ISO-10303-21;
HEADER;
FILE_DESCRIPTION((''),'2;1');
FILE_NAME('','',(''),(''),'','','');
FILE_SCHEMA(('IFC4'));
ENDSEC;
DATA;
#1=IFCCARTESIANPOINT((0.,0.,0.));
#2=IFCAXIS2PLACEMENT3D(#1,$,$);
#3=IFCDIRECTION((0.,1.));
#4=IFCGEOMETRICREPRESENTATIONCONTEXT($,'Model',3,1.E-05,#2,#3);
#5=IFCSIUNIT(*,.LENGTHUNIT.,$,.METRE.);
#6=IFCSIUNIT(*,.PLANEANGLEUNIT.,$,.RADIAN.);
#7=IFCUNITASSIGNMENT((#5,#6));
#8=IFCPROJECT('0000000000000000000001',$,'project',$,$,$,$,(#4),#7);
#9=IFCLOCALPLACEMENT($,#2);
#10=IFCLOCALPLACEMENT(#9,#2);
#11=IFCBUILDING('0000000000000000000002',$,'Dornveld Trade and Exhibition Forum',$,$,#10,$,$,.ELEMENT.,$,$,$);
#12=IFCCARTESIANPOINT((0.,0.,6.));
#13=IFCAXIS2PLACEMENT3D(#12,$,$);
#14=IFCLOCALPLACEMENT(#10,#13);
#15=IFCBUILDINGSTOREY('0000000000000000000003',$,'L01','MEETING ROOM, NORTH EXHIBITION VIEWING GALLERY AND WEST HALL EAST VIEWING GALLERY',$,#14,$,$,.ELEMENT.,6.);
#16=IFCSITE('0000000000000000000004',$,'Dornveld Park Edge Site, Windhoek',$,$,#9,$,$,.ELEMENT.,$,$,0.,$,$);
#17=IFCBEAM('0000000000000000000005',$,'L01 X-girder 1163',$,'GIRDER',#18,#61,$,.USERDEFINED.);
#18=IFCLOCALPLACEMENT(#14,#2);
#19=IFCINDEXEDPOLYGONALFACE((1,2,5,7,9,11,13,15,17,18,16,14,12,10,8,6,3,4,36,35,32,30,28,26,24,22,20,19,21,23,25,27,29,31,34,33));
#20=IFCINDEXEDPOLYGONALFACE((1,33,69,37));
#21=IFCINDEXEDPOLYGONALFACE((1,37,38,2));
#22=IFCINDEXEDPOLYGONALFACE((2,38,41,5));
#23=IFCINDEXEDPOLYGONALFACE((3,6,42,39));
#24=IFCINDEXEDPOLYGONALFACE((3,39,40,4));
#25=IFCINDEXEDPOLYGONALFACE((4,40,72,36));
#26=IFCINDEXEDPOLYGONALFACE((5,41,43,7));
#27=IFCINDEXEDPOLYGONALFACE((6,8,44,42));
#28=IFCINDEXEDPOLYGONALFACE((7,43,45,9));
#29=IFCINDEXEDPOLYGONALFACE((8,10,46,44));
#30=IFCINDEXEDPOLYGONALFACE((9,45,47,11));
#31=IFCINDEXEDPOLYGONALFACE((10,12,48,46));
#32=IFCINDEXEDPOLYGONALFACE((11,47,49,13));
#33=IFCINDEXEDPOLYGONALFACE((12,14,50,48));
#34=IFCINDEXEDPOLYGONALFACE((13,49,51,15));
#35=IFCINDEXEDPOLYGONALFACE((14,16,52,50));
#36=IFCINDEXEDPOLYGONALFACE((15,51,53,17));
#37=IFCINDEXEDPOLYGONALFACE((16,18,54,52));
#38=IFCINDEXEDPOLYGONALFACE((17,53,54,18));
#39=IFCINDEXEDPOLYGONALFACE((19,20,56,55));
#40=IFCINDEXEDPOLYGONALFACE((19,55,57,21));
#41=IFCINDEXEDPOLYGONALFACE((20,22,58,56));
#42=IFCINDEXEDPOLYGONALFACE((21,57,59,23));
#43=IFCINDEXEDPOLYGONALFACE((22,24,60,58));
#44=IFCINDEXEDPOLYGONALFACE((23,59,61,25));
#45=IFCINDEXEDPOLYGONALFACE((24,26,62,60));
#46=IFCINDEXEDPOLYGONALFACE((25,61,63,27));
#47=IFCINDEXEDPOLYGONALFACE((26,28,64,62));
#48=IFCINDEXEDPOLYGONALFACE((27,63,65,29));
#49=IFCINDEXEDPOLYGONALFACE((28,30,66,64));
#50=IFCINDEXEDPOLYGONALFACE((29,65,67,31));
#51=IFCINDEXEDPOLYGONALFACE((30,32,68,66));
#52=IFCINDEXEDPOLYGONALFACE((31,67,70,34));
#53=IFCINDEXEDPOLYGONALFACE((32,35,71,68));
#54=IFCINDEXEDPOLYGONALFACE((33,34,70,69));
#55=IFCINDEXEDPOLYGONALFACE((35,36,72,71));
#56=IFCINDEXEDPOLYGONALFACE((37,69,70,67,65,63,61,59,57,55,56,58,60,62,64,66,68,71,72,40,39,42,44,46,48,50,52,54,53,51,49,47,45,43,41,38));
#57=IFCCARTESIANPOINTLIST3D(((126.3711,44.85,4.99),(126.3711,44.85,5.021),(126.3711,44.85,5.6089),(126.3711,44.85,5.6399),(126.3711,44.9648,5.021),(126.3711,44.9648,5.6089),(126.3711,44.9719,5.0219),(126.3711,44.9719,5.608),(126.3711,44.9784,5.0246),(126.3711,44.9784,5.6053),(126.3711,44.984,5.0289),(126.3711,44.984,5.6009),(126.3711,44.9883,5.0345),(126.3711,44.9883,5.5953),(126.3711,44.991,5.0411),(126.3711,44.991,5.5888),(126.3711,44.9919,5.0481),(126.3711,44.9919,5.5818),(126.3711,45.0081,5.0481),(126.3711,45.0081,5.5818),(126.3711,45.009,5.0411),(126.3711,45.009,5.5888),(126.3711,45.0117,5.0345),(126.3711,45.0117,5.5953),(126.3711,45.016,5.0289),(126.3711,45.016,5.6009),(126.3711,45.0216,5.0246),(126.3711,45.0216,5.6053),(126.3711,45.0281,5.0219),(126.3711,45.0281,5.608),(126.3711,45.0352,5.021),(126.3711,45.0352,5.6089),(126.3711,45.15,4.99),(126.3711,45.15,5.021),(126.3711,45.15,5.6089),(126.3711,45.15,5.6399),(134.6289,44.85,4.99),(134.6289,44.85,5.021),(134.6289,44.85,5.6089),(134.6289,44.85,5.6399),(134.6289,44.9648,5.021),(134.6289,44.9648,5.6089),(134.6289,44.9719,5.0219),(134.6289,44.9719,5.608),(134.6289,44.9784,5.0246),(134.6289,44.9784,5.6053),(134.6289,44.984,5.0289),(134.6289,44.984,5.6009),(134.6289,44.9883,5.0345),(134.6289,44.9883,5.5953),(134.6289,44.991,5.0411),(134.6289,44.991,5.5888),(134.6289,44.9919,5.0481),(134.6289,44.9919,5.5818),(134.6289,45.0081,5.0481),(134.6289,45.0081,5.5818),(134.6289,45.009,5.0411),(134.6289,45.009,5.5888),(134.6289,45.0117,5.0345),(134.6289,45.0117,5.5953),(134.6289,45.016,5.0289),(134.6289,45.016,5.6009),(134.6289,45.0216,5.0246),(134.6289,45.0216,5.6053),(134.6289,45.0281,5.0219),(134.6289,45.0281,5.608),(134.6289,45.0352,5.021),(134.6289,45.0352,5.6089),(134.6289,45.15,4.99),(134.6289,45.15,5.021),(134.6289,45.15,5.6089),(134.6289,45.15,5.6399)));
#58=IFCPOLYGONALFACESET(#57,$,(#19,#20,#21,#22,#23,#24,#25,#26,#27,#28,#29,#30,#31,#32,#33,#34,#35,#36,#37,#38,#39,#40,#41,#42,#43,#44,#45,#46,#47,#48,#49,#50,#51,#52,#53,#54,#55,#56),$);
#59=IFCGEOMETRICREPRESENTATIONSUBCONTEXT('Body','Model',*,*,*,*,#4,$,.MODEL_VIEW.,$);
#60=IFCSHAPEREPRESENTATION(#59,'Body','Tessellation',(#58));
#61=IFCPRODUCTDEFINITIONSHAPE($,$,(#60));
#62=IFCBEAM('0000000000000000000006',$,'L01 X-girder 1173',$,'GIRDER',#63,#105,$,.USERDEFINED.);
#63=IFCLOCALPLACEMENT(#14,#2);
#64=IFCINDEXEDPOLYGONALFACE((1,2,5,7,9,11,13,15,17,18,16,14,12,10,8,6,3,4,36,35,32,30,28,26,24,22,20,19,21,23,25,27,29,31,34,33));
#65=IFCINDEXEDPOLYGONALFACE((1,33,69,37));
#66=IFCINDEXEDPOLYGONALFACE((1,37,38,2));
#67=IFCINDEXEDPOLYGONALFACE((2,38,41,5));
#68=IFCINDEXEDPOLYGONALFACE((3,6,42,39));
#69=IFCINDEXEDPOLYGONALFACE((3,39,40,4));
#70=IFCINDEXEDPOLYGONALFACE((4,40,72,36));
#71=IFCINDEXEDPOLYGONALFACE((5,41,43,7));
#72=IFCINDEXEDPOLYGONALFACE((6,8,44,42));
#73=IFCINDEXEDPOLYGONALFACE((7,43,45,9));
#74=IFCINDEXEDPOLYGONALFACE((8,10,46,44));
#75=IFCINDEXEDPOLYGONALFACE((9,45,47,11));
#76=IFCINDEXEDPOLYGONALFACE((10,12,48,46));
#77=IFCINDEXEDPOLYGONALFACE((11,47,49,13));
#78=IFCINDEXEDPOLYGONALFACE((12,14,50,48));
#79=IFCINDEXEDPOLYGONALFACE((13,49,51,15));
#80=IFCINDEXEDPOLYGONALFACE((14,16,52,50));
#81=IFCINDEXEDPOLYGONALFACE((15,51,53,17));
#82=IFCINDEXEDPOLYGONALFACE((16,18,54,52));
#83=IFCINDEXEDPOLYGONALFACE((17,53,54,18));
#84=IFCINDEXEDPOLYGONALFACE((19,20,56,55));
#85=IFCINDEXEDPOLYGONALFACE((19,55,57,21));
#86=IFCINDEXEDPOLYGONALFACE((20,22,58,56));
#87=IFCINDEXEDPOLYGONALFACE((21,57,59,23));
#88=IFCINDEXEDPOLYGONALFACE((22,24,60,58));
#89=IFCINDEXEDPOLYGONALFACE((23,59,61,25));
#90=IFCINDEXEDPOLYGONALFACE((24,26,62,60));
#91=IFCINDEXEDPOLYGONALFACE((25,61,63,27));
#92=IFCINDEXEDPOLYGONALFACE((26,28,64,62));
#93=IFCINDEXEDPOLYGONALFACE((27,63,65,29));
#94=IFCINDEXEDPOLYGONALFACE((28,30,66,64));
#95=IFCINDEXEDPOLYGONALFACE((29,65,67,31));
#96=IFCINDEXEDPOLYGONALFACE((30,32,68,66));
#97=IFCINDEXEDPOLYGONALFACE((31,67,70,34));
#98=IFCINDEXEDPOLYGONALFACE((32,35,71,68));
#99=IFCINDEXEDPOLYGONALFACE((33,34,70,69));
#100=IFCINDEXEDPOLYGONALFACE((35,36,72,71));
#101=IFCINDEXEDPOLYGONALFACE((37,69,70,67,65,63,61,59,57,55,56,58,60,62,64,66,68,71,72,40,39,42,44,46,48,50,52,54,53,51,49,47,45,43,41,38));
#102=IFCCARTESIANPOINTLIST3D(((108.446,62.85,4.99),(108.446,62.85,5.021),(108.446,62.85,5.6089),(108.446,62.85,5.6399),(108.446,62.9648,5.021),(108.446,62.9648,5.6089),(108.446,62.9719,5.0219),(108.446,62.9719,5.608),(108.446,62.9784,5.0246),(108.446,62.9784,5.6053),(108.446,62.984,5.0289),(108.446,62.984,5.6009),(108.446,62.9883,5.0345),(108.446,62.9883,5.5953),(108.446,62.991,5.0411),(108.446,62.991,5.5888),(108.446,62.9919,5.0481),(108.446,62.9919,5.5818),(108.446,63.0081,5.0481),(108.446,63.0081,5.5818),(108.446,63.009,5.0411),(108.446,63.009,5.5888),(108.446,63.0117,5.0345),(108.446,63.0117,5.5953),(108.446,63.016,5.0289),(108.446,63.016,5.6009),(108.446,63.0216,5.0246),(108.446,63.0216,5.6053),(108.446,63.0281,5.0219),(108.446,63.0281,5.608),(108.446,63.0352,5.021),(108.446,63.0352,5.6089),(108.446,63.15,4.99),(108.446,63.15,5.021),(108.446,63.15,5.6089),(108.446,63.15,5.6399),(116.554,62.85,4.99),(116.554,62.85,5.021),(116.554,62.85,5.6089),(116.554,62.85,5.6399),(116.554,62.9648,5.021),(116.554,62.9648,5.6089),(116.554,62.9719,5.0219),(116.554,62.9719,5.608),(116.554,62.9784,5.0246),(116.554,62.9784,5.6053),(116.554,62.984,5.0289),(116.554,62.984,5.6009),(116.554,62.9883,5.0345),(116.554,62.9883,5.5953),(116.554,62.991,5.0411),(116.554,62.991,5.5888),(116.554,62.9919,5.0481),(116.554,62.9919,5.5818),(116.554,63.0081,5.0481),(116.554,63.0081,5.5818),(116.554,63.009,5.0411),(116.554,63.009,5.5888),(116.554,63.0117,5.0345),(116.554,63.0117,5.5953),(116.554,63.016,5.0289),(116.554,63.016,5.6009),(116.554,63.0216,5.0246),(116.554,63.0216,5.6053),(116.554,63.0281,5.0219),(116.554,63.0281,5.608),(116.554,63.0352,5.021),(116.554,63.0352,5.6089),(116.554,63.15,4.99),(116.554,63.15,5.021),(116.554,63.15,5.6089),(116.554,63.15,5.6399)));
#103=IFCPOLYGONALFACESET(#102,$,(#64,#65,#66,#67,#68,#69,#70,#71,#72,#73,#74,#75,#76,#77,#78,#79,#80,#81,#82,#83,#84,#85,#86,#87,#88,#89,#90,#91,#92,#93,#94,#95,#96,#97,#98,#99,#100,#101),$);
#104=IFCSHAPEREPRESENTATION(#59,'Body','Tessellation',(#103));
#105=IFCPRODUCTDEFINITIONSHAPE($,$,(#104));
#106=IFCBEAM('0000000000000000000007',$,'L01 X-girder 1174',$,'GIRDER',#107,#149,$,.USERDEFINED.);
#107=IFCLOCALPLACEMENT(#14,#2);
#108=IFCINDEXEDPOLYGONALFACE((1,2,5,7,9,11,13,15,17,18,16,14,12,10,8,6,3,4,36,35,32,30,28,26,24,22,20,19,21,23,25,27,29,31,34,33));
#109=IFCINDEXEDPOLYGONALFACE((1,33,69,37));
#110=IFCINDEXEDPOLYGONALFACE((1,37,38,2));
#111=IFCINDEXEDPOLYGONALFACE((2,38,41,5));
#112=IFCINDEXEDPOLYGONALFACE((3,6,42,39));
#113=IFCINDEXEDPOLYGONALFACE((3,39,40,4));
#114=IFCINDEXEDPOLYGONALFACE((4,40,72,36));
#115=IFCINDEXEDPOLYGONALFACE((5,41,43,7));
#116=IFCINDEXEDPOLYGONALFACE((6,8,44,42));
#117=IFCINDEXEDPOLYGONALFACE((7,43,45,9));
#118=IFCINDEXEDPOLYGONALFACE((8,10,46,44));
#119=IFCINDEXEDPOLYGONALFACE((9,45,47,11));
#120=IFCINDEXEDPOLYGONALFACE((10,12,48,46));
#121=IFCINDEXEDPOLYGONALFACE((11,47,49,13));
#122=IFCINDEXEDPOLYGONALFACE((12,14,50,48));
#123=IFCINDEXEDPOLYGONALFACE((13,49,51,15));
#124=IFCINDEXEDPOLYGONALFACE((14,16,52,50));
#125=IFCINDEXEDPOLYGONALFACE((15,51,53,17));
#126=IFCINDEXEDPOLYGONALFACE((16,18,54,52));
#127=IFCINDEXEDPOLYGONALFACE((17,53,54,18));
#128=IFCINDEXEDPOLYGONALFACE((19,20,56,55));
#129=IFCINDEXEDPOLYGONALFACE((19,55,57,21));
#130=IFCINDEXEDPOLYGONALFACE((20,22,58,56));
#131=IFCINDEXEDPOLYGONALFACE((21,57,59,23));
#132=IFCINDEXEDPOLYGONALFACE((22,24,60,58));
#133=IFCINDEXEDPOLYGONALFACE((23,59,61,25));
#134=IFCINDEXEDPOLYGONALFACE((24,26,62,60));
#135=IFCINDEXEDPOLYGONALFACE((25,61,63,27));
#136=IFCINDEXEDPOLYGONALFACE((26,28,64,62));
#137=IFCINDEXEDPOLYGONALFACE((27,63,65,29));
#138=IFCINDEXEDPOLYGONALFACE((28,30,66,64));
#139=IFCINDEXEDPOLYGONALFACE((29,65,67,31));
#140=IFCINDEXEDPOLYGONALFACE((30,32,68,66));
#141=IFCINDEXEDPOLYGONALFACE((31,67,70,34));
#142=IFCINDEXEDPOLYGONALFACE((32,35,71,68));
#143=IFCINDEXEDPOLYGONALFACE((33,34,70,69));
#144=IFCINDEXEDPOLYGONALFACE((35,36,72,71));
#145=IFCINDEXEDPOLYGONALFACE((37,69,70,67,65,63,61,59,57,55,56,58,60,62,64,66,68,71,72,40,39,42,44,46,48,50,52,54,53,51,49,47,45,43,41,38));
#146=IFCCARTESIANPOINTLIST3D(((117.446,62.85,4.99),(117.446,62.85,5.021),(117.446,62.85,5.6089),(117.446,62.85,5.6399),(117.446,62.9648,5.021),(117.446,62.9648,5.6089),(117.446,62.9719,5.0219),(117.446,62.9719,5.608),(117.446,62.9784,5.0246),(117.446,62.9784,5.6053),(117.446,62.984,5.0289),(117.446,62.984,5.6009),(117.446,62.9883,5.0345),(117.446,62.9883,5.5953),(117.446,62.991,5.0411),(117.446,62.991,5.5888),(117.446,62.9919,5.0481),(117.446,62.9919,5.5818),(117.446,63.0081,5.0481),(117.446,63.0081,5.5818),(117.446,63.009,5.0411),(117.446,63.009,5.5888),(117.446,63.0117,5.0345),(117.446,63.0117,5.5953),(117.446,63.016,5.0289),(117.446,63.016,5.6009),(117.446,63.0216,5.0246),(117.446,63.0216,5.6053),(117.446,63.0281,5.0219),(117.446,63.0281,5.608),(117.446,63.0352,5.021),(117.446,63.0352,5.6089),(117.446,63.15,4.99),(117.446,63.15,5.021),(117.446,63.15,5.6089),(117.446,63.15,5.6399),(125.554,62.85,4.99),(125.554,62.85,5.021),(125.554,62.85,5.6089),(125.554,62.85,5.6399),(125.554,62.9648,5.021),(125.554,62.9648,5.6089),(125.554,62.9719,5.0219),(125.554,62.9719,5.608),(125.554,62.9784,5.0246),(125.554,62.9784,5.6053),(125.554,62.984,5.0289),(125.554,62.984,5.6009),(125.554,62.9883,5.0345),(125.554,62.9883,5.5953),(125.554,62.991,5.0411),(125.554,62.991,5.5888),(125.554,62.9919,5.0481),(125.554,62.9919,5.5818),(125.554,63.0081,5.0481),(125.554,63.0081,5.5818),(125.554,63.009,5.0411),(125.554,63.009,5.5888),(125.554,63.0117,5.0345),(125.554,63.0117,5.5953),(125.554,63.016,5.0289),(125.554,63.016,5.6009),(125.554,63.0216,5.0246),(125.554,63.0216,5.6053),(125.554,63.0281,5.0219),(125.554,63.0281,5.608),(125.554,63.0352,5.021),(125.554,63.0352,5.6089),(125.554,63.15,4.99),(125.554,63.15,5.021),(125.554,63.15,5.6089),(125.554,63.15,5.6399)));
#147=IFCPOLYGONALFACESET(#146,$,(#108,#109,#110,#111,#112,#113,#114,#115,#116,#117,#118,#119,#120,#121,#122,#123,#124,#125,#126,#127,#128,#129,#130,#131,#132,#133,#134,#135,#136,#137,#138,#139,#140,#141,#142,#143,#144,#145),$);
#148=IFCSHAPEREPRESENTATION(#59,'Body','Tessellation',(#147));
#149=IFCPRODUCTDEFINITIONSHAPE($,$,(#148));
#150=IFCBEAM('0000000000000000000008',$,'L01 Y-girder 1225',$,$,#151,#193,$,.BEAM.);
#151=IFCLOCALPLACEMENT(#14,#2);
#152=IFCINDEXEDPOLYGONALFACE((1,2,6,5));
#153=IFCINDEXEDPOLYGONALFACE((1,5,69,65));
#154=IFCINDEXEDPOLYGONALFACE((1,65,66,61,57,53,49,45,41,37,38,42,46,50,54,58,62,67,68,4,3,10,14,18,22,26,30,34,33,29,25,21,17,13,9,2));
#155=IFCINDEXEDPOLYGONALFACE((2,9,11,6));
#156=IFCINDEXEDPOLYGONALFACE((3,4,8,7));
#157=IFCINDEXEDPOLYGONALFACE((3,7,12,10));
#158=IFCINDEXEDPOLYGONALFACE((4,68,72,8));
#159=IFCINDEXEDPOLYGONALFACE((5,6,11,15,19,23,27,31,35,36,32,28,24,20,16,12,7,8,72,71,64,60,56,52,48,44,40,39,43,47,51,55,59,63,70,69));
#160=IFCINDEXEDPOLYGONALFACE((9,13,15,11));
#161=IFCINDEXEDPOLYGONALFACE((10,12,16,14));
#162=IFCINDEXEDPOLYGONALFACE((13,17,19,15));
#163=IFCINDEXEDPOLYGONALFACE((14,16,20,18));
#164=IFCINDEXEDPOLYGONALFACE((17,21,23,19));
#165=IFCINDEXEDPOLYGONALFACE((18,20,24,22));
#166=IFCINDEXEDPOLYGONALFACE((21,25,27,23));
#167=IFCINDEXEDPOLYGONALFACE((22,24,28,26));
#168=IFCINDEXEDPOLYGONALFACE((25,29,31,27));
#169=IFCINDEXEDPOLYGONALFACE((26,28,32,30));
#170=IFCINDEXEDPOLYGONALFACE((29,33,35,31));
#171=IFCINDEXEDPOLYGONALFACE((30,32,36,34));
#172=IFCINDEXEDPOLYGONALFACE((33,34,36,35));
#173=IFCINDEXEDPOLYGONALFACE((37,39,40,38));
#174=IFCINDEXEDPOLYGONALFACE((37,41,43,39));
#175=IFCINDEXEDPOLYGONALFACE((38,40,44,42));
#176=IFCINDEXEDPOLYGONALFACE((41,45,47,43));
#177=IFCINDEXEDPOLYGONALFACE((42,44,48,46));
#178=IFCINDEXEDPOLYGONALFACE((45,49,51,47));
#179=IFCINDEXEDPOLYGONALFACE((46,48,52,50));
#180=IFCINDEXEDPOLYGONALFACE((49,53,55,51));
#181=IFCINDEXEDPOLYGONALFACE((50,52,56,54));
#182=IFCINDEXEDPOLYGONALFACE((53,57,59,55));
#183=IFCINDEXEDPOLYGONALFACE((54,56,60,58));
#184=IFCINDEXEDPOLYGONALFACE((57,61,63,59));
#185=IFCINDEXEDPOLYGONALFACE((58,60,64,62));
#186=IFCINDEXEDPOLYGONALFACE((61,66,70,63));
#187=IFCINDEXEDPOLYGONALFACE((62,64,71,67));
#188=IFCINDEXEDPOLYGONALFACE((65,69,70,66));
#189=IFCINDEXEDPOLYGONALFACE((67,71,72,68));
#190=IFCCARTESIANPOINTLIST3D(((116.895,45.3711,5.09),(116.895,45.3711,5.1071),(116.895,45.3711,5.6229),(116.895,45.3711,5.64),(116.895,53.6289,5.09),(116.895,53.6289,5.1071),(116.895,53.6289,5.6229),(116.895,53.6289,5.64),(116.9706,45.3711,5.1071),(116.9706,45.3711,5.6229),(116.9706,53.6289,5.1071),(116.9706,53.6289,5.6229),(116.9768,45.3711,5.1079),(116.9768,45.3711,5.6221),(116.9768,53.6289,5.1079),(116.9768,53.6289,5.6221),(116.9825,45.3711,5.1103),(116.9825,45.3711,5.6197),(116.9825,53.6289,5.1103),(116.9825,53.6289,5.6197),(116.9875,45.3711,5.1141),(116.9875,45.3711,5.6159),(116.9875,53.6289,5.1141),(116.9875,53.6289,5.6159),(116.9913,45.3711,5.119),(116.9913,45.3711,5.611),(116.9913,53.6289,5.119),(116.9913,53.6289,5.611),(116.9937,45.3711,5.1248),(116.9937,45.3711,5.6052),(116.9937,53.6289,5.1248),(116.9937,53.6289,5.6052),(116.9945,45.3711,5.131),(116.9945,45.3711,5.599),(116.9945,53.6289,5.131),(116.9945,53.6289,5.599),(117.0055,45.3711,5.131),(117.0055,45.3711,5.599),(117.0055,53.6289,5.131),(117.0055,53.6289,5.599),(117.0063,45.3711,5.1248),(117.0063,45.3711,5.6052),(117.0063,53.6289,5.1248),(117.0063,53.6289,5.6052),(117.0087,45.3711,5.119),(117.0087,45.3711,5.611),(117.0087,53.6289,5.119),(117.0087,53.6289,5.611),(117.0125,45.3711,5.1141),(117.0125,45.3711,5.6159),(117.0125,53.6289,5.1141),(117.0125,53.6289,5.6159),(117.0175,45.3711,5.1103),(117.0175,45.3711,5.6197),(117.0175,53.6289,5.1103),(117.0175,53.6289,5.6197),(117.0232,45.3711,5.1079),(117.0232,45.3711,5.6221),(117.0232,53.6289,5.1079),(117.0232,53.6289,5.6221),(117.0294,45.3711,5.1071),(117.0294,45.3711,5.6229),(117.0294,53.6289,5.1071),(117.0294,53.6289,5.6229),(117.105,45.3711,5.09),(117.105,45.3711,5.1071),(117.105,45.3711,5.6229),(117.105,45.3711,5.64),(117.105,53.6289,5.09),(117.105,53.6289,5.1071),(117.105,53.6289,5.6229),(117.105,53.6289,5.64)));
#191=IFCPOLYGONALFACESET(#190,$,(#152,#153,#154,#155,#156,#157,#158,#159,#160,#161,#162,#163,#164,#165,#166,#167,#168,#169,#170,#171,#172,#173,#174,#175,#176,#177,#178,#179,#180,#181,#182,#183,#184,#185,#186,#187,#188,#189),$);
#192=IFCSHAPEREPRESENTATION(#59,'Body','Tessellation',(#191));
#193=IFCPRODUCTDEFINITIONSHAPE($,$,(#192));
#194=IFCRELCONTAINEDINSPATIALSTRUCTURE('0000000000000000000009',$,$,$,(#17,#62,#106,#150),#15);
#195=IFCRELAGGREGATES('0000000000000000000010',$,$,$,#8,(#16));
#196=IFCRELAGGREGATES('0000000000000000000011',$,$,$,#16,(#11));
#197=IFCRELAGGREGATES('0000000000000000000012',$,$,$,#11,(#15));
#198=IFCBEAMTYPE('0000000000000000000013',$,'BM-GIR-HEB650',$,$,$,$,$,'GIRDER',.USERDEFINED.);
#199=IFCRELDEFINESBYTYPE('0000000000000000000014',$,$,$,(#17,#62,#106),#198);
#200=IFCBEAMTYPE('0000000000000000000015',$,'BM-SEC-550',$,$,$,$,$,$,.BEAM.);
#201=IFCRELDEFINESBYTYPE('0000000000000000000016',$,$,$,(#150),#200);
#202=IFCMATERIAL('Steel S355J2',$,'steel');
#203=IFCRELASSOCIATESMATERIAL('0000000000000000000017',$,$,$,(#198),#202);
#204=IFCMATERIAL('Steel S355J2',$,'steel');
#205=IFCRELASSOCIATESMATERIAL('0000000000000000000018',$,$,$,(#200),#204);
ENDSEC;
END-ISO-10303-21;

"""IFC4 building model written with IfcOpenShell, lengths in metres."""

from ifc_helpers import new_model, si_unit, direction, frame, origin, origin_2d, place, context, subcontext, project, spatial, i_section, extrude, material, material_profile, profile_set, type_object, element, save


model = new_model("IFC4")

# Units and contexts
model_context = context("Model", 3, precision=1e-05, world=origin(), true_north=direction((0.0, 1.0)))
body_context = subcontext(model_context, "Body", "Model", "MODEL_VIEW")
ifc_project = project(units=[si_unit("LENGTHUNIT", "METRE"), si_unit("PLANEANGLEUNIT", "RADIAN")], contexts=[model_context])

# Site, building, storey
site_placement = place(None, origin())
site = spatial("IfcSite", under=ifc_project, at=site_placement, Name="Dornveld Park Edge Site, Windhoek", CompositionType="ELEMENT", RefElevation=0.0)
building_placement = place(site_placement, origin())
building = spatial("IfcBuilding", under=site, at=building_placement, Name="Dornveld Trade and Exhibition Forum", CompositionType="ELEMENT")
storey_placement = place(building_placement, frame((0.0, 0.0, 6.0)))
storey = spatial("IfcBuildingStorey", under=building, at=storey_placement, Name="L01", Description="MEETING ROOM, NORTH EXHIBITION VIEWING GALLERY AND WEST HALL EAST VIEWING GALLERY", CompositionType="ELEMENT", Elevation=6.0)

# Beams
ifc_material_1 = material(Name="Steel S355J2", Category="steel")
ifc_material_profile_1 = material_profile(ifc_material_1, i_section(OverallWidth=0.3, OverallDepth=0.6499, WebThickness=0.0161, FlangeThickness=0.031, FilletRadius=0.0271, at=origin_2d()), Name="HEB 650")
ifc_profile_set_1 = profile_set([ifc_material_profile_1], Name="Steel S355J2")
beam_type_1 = type_object("IfcBeamType", Name="BM-GIR-HEB650", ElementType="GIRDER", PredefinedType="USERDEFINED", material=ifc_profile_set_1)
for number, where, z_axis, x_axis, name in (
    (1, (126.3711, 45.0, 5.3149), (1.0, 0.0, 0.0), (0.0, 1.0, 0.0), "L01 X-girder 1163"),
):
    element("IfcBeam", number, at=place(storey_placement, frame(where, z_axis=z_axis, x_axis=x_axis)), inside=storey, type_object=beam_type_1, Name=name, ObjectType="GIRDER", PredefinedType="USERDEFINED", context=body_context, shape_type="SweptSolid", body=[
        extrude(i_section(OverallWidth=0.3, OverallDepth=0.6499, WebThickness=0.0161, FlangeThickness=0.031, FilletRadius=0.0271, at=origin_2d()), origin(), (0.0, 0.0, 1.0), 8.2578),
    ])
for number, where, z_axis, x_axis, name in (
    (2, (108.446, 63.0, 5.3149), (1.0, 0.0, 0.0), (0.0, 1.0, 0.0), "L01 X-girder 1173"),
    (3, (117.446, 63.0, 5.3149), (1.0, 0.0, 0.0), (0.0, 1.0, 0.0), "L01 X-girder 1174"),
):
    element("IfcBeam", number, at=place(storey_placement, frame(where, z_axis=z_axis, x_axis=x_axis)), inside=storey, type_object=beam_type_1, Name=name, ObjectType="GIRDER", PredefinedType="USERDEFINED", context=body_context, shape_type="SweptSolid", body=[
        extrude(i_section(OverallWidth=0.3, OverallDepth=0.6499, WebThickness=0.0161, FlangeThickness=0.031, FilletRadius=0.0271, at=origin_2d()), origin(), (0.0, 0.0, 1.0), 8.1079),
    ])
ifc_material_2 = material(Name="Steel S355J2", Category="steel")
ifc_material_profile_2 = material_profile(ifc_material_2, i_section(OverallWidth=0.21, OverallDepth=0.55, WebThickness=0.011, FlangeThickness=0.0171, FilletRadius=0.0239, at=origin_2d()), Name="IPE 550")
ifc_profile_set_2 = profile_set([ifc_material_profile_2], Name="Steel S355J2")
beam_type_2 = type_object("IfcBeamType", Name="BM-SEC-550", PredefinedType="BEAM", material=ifc_profile_set_2)
beam_1_placement = place(storey_placement, frame((117.0, 45.3711, 5.365), z_axis=(0.0, 1.0, 0.0), x_axis=(-1.0, 0.0, 0.0)))
element("IfcBeam", 4, at=beam_1_placement, inside=storey, type_object=beam_type_2, Name="L01 Y-girder 1225", PredefinedType="BEAM", context=body_context, shape_type="SweptSolid", body=[
    extrude(i_section(OverallWidth=0.21, OverallDepth=0.55, WebThickness=0.011, FlangeThickness=0.0171, FilletRadius=0.0239, at=origin_2d()), origin(), (0.0, 0.0, 1.0), 8.2578),
])

save(model, "model.ifc")
